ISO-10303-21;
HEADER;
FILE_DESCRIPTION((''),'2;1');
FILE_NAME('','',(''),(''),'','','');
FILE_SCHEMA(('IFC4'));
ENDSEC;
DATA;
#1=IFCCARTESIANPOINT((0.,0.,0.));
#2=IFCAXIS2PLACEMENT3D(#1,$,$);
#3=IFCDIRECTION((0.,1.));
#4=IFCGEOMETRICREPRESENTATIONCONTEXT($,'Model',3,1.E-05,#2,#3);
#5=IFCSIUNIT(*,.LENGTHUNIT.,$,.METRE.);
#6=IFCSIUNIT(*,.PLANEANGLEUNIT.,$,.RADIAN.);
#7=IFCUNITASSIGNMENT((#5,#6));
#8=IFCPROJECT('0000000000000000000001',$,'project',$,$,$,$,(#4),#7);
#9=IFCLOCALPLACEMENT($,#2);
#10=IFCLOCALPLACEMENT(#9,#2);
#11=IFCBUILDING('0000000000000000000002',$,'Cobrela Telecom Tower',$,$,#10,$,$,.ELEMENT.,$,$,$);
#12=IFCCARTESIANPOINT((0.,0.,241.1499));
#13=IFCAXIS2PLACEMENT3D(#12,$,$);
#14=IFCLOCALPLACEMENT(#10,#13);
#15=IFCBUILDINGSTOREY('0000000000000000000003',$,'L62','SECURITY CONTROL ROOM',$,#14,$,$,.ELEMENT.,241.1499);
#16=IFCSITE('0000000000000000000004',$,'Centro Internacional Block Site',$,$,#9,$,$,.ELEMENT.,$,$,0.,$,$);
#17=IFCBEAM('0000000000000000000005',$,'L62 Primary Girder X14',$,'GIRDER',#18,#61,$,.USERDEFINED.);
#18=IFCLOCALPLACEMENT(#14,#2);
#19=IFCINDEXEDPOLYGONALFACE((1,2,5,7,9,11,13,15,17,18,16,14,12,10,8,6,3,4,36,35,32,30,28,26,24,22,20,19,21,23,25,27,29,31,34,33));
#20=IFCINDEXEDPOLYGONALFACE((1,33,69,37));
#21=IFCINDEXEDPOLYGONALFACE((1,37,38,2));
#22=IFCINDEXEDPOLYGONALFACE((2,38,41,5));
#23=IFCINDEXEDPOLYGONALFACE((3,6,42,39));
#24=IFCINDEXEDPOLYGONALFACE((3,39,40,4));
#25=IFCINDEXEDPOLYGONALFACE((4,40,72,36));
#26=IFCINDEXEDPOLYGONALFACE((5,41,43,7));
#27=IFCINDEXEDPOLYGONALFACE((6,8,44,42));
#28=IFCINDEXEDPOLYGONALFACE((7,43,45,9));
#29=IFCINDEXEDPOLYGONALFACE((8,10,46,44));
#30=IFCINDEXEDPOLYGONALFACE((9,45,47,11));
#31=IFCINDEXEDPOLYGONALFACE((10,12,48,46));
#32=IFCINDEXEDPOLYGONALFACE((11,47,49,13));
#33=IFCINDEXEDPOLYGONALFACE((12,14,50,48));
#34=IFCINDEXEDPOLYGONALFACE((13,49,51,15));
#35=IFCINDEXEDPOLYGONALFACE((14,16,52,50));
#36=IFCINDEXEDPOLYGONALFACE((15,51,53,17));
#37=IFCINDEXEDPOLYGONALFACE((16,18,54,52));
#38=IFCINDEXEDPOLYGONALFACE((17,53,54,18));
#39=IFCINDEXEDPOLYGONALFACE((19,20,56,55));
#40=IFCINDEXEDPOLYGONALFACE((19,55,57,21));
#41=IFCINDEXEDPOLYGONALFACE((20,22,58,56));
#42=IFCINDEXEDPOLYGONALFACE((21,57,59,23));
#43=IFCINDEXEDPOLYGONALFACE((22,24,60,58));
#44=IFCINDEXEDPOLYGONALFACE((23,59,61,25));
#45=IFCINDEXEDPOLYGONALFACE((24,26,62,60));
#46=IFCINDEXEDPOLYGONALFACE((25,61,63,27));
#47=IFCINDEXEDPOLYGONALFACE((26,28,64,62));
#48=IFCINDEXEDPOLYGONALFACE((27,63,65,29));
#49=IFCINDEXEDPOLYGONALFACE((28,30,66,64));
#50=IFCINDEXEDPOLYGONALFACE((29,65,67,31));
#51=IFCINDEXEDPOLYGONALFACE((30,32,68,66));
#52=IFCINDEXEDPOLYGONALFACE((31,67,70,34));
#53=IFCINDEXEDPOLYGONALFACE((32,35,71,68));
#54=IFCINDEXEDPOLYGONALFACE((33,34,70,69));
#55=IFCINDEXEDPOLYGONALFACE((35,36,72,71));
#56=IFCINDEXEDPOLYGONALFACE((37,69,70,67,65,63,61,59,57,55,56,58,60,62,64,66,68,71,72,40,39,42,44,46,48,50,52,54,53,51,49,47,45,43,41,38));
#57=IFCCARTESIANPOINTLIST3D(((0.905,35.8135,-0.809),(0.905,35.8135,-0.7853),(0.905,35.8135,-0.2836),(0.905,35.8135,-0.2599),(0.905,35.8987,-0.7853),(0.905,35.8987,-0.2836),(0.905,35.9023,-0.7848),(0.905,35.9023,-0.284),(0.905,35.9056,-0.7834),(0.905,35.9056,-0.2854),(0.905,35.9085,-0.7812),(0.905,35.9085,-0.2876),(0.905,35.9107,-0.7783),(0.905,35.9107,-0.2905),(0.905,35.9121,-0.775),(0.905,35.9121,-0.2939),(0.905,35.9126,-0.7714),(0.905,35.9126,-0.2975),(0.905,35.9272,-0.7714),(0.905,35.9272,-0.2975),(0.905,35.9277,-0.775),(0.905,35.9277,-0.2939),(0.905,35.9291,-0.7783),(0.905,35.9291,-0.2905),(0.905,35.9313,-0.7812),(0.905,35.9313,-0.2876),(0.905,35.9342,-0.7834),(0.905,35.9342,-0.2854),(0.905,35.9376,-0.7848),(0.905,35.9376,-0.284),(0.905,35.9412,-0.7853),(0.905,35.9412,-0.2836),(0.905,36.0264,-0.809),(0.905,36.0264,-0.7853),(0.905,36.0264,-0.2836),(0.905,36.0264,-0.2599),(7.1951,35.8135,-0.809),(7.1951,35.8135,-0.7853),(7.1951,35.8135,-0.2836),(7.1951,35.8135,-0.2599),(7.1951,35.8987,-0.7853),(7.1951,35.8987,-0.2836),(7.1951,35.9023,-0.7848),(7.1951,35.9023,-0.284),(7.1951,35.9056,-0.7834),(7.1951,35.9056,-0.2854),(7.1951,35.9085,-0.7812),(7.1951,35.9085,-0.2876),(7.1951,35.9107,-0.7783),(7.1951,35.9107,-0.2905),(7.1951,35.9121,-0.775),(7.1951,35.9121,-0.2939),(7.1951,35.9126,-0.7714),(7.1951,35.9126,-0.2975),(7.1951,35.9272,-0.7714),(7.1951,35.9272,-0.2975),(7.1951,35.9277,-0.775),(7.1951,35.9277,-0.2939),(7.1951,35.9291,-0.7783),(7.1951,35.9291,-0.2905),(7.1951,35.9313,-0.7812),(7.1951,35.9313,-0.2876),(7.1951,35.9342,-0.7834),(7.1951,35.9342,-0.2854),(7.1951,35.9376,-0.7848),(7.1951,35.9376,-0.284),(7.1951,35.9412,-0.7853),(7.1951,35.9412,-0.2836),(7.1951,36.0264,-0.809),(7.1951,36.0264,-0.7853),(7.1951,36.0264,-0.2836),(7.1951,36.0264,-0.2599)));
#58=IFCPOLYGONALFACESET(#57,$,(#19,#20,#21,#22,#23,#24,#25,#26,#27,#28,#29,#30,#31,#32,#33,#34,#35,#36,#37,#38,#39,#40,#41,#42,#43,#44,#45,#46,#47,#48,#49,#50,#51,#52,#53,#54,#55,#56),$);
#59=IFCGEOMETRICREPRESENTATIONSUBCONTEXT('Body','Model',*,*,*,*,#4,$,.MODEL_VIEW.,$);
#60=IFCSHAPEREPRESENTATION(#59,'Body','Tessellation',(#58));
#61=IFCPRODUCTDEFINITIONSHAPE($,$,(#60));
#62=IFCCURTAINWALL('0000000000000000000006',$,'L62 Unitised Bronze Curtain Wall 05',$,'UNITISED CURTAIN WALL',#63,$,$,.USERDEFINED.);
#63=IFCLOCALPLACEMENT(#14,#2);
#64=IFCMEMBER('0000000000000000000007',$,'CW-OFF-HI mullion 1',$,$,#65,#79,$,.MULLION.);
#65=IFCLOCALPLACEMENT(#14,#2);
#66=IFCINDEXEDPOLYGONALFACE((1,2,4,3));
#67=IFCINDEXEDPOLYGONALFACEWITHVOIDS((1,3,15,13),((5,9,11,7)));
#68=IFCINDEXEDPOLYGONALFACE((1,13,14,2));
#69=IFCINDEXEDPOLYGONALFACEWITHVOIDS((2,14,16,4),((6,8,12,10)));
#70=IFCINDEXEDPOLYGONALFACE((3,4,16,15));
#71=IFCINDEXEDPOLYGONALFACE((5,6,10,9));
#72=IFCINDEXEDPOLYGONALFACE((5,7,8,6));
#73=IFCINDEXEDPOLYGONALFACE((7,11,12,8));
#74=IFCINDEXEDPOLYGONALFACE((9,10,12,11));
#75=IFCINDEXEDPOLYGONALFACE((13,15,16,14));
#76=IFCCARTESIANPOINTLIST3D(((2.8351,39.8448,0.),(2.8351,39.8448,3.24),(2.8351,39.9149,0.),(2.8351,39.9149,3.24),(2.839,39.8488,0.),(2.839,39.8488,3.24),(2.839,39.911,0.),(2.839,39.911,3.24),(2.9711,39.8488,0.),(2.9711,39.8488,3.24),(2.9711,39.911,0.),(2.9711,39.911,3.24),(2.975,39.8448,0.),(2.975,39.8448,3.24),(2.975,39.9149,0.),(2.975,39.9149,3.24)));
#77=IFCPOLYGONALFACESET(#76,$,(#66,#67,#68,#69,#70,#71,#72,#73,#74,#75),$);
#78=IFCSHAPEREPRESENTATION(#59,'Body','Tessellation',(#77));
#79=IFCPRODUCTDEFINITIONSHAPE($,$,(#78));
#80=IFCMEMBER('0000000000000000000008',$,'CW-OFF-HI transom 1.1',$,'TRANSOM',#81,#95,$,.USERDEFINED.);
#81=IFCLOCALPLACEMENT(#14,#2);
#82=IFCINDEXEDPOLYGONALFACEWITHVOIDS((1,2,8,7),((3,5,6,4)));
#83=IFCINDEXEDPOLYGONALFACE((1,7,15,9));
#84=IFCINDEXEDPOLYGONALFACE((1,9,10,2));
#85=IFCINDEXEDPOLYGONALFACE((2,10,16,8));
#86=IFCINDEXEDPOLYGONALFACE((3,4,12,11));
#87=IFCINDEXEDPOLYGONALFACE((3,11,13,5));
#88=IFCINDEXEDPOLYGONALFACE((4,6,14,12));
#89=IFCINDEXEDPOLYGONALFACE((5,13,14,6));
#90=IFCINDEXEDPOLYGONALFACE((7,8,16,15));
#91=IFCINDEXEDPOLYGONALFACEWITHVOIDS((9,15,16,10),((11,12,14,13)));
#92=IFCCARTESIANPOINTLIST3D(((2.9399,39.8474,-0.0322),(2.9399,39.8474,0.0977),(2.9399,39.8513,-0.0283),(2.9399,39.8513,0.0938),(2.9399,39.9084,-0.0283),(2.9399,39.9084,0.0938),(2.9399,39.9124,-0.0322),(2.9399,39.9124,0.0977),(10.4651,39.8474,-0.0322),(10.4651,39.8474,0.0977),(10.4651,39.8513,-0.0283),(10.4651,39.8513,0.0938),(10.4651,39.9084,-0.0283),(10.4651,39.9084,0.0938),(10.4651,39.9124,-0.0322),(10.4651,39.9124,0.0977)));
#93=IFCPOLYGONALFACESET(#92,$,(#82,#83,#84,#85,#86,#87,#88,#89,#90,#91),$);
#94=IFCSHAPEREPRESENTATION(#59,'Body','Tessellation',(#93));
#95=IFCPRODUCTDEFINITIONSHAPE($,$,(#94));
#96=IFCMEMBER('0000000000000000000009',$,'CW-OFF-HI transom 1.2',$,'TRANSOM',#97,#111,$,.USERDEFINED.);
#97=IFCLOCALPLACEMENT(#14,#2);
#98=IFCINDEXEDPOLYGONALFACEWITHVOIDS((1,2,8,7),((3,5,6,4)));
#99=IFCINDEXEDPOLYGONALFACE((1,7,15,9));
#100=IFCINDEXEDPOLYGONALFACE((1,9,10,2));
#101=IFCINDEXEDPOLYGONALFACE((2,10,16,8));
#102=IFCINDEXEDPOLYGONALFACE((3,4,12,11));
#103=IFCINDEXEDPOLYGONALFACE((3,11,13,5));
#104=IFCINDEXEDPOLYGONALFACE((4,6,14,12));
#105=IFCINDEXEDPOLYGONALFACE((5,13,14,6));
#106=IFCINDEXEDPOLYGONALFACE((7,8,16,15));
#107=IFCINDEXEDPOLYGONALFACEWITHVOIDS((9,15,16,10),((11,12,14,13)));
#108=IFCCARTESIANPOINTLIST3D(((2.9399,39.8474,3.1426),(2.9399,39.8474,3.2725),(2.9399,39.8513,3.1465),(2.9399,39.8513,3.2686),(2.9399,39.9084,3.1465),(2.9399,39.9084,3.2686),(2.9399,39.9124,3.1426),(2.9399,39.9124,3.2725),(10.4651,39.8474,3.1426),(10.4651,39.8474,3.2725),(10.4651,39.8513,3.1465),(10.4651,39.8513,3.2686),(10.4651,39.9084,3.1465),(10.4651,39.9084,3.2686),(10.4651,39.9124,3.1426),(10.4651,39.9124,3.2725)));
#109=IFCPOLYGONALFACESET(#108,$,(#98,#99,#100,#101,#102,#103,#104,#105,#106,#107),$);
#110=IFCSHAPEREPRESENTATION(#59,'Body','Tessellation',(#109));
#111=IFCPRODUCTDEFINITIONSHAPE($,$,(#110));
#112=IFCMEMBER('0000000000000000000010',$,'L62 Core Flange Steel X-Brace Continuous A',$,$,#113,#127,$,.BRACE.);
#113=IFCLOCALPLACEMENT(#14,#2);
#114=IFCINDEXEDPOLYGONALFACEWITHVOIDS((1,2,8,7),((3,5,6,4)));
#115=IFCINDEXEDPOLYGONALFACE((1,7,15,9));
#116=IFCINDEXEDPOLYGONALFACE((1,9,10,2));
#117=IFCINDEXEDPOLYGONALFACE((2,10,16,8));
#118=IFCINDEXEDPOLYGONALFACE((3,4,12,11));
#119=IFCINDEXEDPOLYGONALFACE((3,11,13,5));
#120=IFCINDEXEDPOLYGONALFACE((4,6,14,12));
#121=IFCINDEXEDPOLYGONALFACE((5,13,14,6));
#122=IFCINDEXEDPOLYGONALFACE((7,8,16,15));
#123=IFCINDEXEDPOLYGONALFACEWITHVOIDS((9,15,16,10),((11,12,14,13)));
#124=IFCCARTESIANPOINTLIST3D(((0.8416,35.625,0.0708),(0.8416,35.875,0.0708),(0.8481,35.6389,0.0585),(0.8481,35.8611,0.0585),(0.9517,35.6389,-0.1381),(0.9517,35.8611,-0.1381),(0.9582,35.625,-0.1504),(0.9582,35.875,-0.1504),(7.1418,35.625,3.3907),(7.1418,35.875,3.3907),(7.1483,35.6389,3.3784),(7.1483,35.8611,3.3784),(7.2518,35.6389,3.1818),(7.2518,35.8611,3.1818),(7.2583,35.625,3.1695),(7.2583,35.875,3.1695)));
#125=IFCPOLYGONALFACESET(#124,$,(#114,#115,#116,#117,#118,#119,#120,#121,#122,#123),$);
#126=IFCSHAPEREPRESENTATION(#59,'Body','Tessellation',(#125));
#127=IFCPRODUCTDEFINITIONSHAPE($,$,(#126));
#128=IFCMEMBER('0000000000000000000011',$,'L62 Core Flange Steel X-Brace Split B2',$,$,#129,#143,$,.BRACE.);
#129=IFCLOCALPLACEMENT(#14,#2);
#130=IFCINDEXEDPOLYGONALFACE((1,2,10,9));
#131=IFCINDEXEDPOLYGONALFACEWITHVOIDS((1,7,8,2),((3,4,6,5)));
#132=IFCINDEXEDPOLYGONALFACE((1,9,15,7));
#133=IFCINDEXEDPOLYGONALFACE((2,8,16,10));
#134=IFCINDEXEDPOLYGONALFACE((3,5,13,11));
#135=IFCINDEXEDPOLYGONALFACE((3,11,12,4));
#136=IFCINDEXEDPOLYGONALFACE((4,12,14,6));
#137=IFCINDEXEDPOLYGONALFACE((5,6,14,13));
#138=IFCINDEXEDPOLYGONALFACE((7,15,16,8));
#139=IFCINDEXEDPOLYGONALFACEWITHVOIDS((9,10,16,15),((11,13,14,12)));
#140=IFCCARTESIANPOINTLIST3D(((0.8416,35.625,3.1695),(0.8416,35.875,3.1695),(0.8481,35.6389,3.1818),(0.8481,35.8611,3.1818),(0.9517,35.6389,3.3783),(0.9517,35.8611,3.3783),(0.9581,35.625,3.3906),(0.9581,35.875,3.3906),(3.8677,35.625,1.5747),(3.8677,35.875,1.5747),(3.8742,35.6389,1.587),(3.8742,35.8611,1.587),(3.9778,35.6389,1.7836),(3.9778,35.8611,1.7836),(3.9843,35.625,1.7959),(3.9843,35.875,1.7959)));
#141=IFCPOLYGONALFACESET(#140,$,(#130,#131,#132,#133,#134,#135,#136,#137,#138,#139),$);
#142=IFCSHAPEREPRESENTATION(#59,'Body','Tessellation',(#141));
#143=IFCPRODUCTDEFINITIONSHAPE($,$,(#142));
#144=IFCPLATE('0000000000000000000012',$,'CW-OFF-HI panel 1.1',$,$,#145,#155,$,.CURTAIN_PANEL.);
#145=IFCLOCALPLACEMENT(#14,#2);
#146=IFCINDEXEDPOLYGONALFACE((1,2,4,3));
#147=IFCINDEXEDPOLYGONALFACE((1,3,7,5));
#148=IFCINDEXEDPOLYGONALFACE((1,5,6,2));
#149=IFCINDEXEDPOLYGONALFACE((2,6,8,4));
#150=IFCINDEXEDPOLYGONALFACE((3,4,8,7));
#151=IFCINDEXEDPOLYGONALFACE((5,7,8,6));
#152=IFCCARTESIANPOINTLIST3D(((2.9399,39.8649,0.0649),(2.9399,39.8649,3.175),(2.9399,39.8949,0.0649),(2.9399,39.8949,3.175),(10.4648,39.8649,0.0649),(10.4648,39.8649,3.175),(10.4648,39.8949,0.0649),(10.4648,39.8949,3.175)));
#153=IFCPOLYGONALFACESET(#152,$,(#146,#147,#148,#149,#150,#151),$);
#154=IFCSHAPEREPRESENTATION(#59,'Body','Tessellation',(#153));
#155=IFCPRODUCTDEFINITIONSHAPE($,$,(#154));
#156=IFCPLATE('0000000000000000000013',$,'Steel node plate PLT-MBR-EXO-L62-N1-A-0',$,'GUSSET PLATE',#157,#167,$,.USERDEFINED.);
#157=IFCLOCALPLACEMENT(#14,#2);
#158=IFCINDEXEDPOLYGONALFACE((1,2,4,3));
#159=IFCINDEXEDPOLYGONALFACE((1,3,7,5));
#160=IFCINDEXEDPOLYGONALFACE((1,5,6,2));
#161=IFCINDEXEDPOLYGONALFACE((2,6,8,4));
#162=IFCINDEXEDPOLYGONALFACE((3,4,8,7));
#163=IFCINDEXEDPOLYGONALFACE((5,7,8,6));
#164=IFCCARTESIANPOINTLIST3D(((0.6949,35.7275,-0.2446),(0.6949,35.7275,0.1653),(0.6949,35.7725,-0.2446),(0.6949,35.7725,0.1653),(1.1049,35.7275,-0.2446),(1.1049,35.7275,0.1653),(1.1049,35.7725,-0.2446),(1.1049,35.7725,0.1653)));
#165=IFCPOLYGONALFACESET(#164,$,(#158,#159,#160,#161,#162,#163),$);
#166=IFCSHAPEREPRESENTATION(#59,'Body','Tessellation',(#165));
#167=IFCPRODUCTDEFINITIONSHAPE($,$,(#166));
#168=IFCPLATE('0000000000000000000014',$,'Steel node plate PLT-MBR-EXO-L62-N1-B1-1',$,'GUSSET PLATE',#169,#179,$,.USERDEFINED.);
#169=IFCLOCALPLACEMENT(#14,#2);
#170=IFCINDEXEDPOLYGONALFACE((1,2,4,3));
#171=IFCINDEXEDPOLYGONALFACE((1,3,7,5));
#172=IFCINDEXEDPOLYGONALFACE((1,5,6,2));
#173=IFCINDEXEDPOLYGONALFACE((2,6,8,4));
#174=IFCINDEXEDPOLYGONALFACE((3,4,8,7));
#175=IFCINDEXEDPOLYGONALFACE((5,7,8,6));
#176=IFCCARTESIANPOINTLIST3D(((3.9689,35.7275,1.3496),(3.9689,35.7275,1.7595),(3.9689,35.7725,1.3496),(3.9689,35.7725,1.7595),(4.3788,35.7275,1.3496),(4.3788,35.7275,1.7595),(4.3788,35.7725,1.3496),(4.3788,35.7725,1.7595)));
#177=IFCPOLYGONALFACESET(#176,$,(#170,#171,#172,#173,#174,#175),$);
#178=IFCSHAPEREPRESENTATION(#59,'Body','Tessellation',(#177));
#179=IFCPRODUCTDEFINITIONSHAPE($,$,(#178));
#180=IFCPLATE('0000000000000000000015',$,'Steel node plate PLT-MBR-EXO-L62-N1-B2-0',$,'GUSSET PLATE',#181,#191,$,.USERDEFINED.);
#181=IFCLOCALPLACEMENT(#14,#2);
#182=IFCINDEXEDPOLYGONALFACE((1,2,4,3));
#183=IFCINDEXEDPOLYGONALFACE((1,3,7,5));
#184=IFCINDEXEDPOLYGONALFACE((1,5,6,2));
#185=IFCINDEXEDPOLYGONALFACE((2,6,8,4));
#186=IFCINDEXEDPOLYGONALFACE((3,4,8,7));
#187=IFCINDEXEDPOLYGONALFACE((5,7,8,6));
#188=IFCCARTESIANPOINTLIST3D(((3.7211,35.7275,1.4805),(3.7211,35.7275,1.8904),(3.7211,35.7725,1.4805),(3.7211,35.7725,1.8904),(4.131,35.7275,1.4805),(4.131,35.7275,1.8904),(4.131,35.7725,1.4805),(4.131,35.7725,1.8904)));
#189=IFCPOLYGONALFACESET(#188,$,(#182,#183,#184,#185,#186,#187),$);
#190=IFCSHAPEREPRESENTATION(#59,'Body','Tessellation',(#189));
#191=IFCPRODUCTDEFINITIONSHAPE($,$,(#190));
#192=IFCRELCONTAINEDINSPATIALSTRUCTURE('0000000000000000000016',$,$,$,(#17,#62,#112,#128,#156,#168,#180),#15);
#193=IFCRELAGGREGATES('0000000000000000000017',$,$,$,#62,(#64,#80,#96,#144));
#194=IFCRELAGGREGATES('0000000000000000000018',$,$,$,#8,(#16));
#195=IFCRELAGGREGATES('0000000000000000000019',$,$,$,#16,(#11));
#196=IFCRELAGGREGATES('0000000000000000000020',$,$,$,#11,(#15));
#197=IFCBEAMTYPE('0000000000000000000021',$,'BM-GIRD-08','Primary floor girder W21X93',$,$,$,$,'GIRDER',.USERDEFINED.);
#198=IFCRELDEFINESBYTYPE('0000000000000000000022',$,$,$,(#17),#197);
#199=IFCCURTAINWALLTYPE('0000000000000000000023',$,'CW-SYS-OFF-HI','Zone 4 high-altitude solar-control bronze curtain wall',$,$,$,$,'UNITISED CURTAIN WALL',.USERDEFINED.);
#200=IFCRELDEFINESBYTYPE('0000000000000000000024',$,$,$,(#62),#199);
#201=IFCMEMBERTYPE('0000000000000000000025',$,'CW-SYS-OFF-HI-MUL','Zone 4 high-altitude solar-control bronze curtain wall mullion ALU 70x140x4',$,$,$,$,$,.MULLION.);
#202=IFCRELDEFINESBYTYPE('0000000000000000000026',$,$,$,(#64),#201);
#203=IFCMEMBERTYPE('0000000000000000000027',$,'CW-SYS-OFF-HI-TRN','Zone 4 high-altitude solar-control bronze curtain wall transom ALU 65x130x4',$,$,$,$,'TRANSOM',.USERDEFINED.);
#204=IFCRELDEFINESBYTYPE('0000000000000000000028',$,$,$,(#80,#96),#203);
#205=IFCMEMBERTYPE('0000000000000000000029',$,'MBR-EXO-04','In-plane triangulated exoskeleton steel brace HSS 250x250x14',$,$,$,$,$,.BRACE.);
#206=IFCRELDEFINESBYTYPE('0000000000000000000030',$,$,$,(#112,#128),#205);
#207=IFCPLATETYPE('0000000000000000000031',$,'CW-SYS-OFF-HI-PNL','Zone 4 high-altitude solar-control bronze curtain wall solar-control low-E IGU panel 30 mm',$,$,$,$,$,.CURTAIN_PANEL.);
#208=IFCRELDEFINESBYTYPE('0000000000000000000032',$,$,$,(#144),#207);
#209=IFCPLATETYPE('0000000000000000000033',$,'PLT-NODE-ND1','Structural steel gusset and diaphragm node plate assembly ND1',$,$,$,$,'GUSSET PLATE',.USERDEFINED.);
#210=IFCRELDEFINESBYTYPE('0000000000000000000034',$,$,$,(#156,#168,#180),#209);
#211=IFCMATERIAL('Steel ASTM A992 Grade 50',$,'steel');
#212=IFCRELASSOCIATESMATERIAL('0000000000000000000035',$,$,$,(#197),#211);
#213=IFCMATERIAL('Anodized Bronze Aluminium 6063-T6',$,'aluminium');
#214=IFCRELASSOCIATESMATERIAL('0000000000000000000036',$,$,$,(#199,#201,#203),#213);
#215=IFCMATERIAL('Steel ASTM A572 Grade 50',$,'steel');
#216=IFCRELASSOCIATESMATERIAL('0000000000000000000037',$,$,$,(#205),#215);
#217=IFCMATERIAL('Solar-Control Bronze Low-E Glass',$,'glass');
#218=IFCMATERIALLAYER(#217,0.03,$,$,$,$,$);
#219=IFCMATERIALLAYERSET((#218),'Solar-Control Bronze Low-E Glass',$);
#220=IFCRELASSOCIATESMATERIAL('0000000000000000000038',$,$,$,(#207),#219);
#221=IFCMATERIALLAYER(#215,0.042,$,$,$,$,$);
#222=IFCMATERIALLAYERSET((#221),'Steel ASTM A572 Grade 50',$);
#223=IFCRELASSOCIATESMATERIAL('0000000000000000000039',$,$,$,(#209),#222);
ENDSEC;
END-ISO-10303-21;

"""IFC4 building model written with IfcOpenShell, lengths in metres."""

from ifc_helpers import new_model, si_unit, direction, frame, origin, origin_2d, place, context, subcontext, project, spatial, rectangle, hollow_rectangle, i_section, extrude, material, layer, layer_set, material_profile, profile_set, type_object, element, aggregate, save


model = new_model("IFC4")

# Units and contexts
model_context = context("Model", 3, precision=1e-05, world=origin(), true_north=direction((0.0, 1.0)))
body_context = subcontext(model_context, "Body", "Model", "MODEL_VIEW")
ifc_project = project(units=[si_unit("LENGTHUNIT", "METRE"), si_unit("PLANEANGLEUNIT", "RADIAN")], contexts=[model_context])

# Site, building, storey
site_placement = place(None, origin())
site = spatial("IfcSite", under=ifc_project, at=site_placement, Name="Centro Internacional Block Site", CompositionType="ELEMENT", RefElevation=0.0)
building_placement = place(site_placement, origin())
building = spatial("IfcBuilding", under=site, at=building_placement, Name="Cobrela Telecom Tower", CompositionType="ELEMENT")
storey_placement = place(building_placement, frame((0.0, 0.0, 241.1499)))
storey = spatial("IfcBuildingStorey", under=building, at=storey_placement, Name="L62", Description="SECURITY CONTROL ROOM", CompositionType="ELEMENT", Elevation=241.1499)

# Beam
ifc_material_1 = material(Name="Steel ASTM A992 Grade 50", Category="steel")
ifc_material_profile_1 = material_profile(ifc_material_1, i_section(OverallWidth=0.2129, OverallDepth=0.5491, WebThickness=0.0146, FlangeThickness=0.0237, FilletRadius=0.0139, at=origin_2d()), Name="W21X93")
ifc_profile_set_1 = profile_set([ifc_material_profile_1], Name="Steel ASTM A992 Grade 50")
beam_type = type_object("IfcBeamType", Name="BM-GIRD-08", Description="Primary floor girder W21X93", ElementType="GIRDER", PredefinedType="USERDEFINED", material=ifc_profile_set_1)
beam_placement = place(storey_placement, frame((0.905, 35.9199, -0.5344), z_axis=(1.0, 0.0, 0.0), x_axis=(0.0, 1.0, 0.0)))
element("IfcBeam", 1, at=beam_placement, inside=storey, type_object=beam_type, Name="L62 Primary Girder X14", ObjectType="GIRDER", PredefinedType="USERDEFINED", context=body_context, shape_type="SweptSolid", body=[
    extrude(i_section(OverallWidth=0.2129, OverallDepth=0.5491, WebThickness=0.0146, FlangeThickness=0.0237, FilletRadius=0.0139, at=origin_2d()), origin(), (0.0, 0.0, 1.0), 6.29),
])

# Curtain wall, members
ifc_material_2 = material(Name="Anodized Bronze Aluminium 6063-T6", Category="aluminium")
curtain_wall_type = type_object("IfcCurtainWallType", Name="CW-SYS-OFF-HI", Description="Zone 4 high-altitude solar-control bronze curtain wall", ElementType="UNITISED CURTAIN WALL", PredefinedType="USERDEFINED", material=ifc_material_2)
curtain_wall_placement = place(storey_placement, origin())
curtain_wall = element("IfcCurtainWall", 2, at=curtain_wall_placement, inside=storey, type_object=curtain_wall_type, Name="L62 Unitised Bronze Curtain Wall 05", ObjectType="UNITISED CURTAIN WALL", PredefinedType="USERDEFINED")
ifc_material_profile_2 = material_profile(ifc_material_2, hollow_rectangle(XDim=0.0701, YDim=0.1399, WallThickness=0.0039, at=origin_2d()), Name="ALU 70x140x4")
ifc_profile_set_2 = profile_set([ifc_material_profile_2], Name="Anodized Bronze Aluminium 6063-T6")
member_type_1 = type_object("IfcMemberType", Name="CW-SYS-OFF-HI-MUL", Description="Zone 4 high-altitude solar-control bronze curtain wall mullion ALU 70x140x4", PredefinedType="MULLION", material=ifc_profile_set_2)
member_1_placement = place(storey_placement, frame((2.905, 39.8799, 0.0), z_axis=(0.0, 0.0, 1.0), x_axis=(0.0, 1.0, 0.0)))
member_1 = element("IfcMember", 3, at=member_1_placement, type_object=member_type_1, Name="CW-OFF-HI mullion 1", PredefinedType="MULLION", context=body_context, shape_type="SweptSolid", body=[
    extrude(hollow_rectangle(XDim=0.0701, YDim=0.1399, WallThickness=0.0039, at=origin_2d()), origin(), (0.0, 0.0, 1.0), 3.24),
])
ifc_material_profile_3 = material_profile(ifc_material_2, hollow_rectangle(XDim=0.0649, YDim=0.1299, WallThickness=0.0039, at=origin_2d()), Name="ALU 65x130x4")
ifc_profile_set_3 = profile_set([ifc_material_profile_3], Name="Anodized Bronze Aluminium 6063-T6")
member_type_2 = type_object("IfcMemberType", Name="CW-SYS-OFF-HI-TRN", Description="Zone 4 high-altitude solar-control bronze curtain wall transom ALU 65x130x4", ElementType="TRANSOM", PredefinedType="USERDEFINED", material=ifc_profile_set_3)
member_2_placement = place(storey_placement, frame((2.9399, 39.8799, 0.0327), z_axis=(1.0, 0.0, 0.0), x_axis=(0.0, 1.0, 0.0)))
member_2 = element("IfcMember", 4, at=member_2_placement, type_object=member_type_2, Name="CW-OFF-HI transom 1.1", ObjectType="TRANSOM", PredefinedType="USERDEFINED", context=body_context, shape_type="SweptSolid", body=[
    extrude(hollow_rectangle(XDim=0.0649, YDim=0.1299, WallThickness=0.0039, at=origin_2d()), origin(), (0.0, 0.0, 1.0), 7.5251),
])
member_3_placement = place(storey_placement, frame((2.9399, 39.8799, 3.2075), z_axis=(1.0, 0.0, 0.0), x_axis=(0.0, 1.0, 0.0)))
member_3 = element("IfcMember", 5, at=member_3_placement, type_object=member_type_2, Name="CW-OFF-HI transom 1.2", ObjectType="TRANSOM", PredefinedType="USERDEFINED", context=body_context, shape_type="SweptSolid", body=[
    extrude(hollow_rectangle(XDim=0.0649, YDim=0.1299, WallThickness=0.0039, at=origin_2d()), origin(), (0.0, 0.0, 1.0), 7.5251),
])

# Members
ifc_material_3 = material(Name="Steel ASTM A572 Grade 50", Category="steel")
ifc_material_profile_4 = material_profile(ifc_material_3, hollow_rectangle(XDim=0.25, YDim=0.25, WallThickness=0.0139, at=origin_2d()), Name="HSS 250x250x14")
ifc_profile_set_4 = profile_set([ifc_material_profile_4], Name="Steel ASTM A572 Grade 50")
member_type_3 = type_object("IfcMemberType", Name="MBR-EXO-04", Description="In-plane triangulated exoskeleton steel brace HSS 250x250x14", PredefinedType="BRACE", material=ifc_profile_set_4)
member_4_placement = place(storey_placement, frame((0.8999, 35.75, -0.0398), z_axis=(0.884686, 0.0, 0.466187), x_axis=(0.0, 1.0, 0.0)))
element("IfcMember", 6, at=member_4_placement, inside=storey, type_object=member_type_3, Name="L62 Core Flange Steel X-Brace Continuous A", PredefinedType="BRACE", context=body_context, shape_type="SweptSolid", body=[
    extrude(hollow_rectangle(XDim=0.25, YDim=0.25, WallThickness=0.0139, at=origin_2d()), origin(), (0.0, 0.0, 1.0), 7.1213),
])
member_5_placement = place(storey_placement, frame((3.926, 35.75, 1.6853), z_axis=(-0.884673, 0.0, 0.466211), x_axis=(0.0, -1.0, 0.0)))
element("IfcMember", 7, at=member_5_placement, inside=storey, type_object=member_type_3, Name="L62 Core Flange Steel X-Brace Split B2", PredefinedType="BRACE", context=body_context, shape_type="SweptSolid", body=[
    extrude(hollow_rectangle(XDim=0.25, YDim=0.25, WallThickness=0.0139, at=origin_2d()), origin(), (0.0, 0.0, 1.0), 3.4207),
])

# Plate
ifc_material_4 = material(Name="Solar-Control Bronze Low-E Glass", Category="glass")
ifc_layer_1 = layer(ifc_material_4, 0.03)
ifc_layer_set_1 = layer_set([ifc_layer_1], Name="Solar-Control Bronze Low-E Glass")
plate_type_1 = type_object("IfcPlateType", Name="CW-SYS-OFF-HI-PNL", Description="Zone 4 high-altitude solar-control bronze curtain wall solar-control low-E IGU panel 30 mm", PredefinedType="CURTAIN_PANEL", material=ifc_layer_set_1)
plate_1_placement = place(storey_placement, frame((6.7024, 39.8799, 0.0649), z_axis=(0.0, 0.0, 1.0), x_axis=(1.0, 0.0, 0.0)))
plate_1 = element("IfcPlate", 8, at=plate_1_placement, type_object=plate_type_1, Name="CW-OFF-HI panel 1.1", PredefinedType="CURTAIN_PANEL", context=body_context, shape_type="SweptSolid", body=[
    extrude(rectangle(XDim=7.5249, YDim=0.03, at=origin_2d()), origin(), (0.0, 0.0, 1.0), 3.1101),
])
aggregate(curtain_wall, [member_1, member_2, member_3, plate_1])

# Plates
ifc_layer_2 = layer(ifc_material_3, 0.042)
ifc_layer_set_2 = layer_set([ifc_layer_2], Name="Steel ASTM A572 Grade 50")
plate_type_2 = type_object("IfcPlateType", Name="PLT-NODE-ND1", Description="Structural steel gusset and diaphragm node plate assembly ND1", ElementType="GUSSET PLATE", PredefinedType="USERDEFINED", material=ifc_layer_set_2)
for number, where, z_axis, x_axis, name in (
    (9, (0.8999, 35.75, -0.2446), (0.0, 0.0, 1.0), (1.0, 0.0, 0.0), "Steel node plate PLT-MBR-EXO-L62-N1-A-0"),
    (10, (4.1738, 35.75, 1.3496), (0.0, 0.0, 1.0), (-1.0, 0.0, 0.0), "Steel node plate PLT-MBR-EXO-L62-N1-B1-1"),
    (11, (3.926, 35.75, 1.4805), (0.0, 0.0, 1.0), (-1.0, 0.0, 0.0), "Steel node plate PLT-MBR-EXO-L62-N1-B2-0"),
):
    element("IfcPlate", number, at=place(storey_placement, frame(where, z_axis=z_axis, x_axis=x_axis)), inside=storey, type_object=plate_type_2, Name=name, ObjectType="GUSSET PLATE", PredefinedType="USERDEFINED", context=body_context, shape_type="SweptSolid", body=[
        extrude(rectangle(XDim=0.4099, YDim=0.0449, at=origin_2d()), origin(), (0.0, 0.0, 1.0), 0.4099),
    ])

save(model, "model.ifc")
